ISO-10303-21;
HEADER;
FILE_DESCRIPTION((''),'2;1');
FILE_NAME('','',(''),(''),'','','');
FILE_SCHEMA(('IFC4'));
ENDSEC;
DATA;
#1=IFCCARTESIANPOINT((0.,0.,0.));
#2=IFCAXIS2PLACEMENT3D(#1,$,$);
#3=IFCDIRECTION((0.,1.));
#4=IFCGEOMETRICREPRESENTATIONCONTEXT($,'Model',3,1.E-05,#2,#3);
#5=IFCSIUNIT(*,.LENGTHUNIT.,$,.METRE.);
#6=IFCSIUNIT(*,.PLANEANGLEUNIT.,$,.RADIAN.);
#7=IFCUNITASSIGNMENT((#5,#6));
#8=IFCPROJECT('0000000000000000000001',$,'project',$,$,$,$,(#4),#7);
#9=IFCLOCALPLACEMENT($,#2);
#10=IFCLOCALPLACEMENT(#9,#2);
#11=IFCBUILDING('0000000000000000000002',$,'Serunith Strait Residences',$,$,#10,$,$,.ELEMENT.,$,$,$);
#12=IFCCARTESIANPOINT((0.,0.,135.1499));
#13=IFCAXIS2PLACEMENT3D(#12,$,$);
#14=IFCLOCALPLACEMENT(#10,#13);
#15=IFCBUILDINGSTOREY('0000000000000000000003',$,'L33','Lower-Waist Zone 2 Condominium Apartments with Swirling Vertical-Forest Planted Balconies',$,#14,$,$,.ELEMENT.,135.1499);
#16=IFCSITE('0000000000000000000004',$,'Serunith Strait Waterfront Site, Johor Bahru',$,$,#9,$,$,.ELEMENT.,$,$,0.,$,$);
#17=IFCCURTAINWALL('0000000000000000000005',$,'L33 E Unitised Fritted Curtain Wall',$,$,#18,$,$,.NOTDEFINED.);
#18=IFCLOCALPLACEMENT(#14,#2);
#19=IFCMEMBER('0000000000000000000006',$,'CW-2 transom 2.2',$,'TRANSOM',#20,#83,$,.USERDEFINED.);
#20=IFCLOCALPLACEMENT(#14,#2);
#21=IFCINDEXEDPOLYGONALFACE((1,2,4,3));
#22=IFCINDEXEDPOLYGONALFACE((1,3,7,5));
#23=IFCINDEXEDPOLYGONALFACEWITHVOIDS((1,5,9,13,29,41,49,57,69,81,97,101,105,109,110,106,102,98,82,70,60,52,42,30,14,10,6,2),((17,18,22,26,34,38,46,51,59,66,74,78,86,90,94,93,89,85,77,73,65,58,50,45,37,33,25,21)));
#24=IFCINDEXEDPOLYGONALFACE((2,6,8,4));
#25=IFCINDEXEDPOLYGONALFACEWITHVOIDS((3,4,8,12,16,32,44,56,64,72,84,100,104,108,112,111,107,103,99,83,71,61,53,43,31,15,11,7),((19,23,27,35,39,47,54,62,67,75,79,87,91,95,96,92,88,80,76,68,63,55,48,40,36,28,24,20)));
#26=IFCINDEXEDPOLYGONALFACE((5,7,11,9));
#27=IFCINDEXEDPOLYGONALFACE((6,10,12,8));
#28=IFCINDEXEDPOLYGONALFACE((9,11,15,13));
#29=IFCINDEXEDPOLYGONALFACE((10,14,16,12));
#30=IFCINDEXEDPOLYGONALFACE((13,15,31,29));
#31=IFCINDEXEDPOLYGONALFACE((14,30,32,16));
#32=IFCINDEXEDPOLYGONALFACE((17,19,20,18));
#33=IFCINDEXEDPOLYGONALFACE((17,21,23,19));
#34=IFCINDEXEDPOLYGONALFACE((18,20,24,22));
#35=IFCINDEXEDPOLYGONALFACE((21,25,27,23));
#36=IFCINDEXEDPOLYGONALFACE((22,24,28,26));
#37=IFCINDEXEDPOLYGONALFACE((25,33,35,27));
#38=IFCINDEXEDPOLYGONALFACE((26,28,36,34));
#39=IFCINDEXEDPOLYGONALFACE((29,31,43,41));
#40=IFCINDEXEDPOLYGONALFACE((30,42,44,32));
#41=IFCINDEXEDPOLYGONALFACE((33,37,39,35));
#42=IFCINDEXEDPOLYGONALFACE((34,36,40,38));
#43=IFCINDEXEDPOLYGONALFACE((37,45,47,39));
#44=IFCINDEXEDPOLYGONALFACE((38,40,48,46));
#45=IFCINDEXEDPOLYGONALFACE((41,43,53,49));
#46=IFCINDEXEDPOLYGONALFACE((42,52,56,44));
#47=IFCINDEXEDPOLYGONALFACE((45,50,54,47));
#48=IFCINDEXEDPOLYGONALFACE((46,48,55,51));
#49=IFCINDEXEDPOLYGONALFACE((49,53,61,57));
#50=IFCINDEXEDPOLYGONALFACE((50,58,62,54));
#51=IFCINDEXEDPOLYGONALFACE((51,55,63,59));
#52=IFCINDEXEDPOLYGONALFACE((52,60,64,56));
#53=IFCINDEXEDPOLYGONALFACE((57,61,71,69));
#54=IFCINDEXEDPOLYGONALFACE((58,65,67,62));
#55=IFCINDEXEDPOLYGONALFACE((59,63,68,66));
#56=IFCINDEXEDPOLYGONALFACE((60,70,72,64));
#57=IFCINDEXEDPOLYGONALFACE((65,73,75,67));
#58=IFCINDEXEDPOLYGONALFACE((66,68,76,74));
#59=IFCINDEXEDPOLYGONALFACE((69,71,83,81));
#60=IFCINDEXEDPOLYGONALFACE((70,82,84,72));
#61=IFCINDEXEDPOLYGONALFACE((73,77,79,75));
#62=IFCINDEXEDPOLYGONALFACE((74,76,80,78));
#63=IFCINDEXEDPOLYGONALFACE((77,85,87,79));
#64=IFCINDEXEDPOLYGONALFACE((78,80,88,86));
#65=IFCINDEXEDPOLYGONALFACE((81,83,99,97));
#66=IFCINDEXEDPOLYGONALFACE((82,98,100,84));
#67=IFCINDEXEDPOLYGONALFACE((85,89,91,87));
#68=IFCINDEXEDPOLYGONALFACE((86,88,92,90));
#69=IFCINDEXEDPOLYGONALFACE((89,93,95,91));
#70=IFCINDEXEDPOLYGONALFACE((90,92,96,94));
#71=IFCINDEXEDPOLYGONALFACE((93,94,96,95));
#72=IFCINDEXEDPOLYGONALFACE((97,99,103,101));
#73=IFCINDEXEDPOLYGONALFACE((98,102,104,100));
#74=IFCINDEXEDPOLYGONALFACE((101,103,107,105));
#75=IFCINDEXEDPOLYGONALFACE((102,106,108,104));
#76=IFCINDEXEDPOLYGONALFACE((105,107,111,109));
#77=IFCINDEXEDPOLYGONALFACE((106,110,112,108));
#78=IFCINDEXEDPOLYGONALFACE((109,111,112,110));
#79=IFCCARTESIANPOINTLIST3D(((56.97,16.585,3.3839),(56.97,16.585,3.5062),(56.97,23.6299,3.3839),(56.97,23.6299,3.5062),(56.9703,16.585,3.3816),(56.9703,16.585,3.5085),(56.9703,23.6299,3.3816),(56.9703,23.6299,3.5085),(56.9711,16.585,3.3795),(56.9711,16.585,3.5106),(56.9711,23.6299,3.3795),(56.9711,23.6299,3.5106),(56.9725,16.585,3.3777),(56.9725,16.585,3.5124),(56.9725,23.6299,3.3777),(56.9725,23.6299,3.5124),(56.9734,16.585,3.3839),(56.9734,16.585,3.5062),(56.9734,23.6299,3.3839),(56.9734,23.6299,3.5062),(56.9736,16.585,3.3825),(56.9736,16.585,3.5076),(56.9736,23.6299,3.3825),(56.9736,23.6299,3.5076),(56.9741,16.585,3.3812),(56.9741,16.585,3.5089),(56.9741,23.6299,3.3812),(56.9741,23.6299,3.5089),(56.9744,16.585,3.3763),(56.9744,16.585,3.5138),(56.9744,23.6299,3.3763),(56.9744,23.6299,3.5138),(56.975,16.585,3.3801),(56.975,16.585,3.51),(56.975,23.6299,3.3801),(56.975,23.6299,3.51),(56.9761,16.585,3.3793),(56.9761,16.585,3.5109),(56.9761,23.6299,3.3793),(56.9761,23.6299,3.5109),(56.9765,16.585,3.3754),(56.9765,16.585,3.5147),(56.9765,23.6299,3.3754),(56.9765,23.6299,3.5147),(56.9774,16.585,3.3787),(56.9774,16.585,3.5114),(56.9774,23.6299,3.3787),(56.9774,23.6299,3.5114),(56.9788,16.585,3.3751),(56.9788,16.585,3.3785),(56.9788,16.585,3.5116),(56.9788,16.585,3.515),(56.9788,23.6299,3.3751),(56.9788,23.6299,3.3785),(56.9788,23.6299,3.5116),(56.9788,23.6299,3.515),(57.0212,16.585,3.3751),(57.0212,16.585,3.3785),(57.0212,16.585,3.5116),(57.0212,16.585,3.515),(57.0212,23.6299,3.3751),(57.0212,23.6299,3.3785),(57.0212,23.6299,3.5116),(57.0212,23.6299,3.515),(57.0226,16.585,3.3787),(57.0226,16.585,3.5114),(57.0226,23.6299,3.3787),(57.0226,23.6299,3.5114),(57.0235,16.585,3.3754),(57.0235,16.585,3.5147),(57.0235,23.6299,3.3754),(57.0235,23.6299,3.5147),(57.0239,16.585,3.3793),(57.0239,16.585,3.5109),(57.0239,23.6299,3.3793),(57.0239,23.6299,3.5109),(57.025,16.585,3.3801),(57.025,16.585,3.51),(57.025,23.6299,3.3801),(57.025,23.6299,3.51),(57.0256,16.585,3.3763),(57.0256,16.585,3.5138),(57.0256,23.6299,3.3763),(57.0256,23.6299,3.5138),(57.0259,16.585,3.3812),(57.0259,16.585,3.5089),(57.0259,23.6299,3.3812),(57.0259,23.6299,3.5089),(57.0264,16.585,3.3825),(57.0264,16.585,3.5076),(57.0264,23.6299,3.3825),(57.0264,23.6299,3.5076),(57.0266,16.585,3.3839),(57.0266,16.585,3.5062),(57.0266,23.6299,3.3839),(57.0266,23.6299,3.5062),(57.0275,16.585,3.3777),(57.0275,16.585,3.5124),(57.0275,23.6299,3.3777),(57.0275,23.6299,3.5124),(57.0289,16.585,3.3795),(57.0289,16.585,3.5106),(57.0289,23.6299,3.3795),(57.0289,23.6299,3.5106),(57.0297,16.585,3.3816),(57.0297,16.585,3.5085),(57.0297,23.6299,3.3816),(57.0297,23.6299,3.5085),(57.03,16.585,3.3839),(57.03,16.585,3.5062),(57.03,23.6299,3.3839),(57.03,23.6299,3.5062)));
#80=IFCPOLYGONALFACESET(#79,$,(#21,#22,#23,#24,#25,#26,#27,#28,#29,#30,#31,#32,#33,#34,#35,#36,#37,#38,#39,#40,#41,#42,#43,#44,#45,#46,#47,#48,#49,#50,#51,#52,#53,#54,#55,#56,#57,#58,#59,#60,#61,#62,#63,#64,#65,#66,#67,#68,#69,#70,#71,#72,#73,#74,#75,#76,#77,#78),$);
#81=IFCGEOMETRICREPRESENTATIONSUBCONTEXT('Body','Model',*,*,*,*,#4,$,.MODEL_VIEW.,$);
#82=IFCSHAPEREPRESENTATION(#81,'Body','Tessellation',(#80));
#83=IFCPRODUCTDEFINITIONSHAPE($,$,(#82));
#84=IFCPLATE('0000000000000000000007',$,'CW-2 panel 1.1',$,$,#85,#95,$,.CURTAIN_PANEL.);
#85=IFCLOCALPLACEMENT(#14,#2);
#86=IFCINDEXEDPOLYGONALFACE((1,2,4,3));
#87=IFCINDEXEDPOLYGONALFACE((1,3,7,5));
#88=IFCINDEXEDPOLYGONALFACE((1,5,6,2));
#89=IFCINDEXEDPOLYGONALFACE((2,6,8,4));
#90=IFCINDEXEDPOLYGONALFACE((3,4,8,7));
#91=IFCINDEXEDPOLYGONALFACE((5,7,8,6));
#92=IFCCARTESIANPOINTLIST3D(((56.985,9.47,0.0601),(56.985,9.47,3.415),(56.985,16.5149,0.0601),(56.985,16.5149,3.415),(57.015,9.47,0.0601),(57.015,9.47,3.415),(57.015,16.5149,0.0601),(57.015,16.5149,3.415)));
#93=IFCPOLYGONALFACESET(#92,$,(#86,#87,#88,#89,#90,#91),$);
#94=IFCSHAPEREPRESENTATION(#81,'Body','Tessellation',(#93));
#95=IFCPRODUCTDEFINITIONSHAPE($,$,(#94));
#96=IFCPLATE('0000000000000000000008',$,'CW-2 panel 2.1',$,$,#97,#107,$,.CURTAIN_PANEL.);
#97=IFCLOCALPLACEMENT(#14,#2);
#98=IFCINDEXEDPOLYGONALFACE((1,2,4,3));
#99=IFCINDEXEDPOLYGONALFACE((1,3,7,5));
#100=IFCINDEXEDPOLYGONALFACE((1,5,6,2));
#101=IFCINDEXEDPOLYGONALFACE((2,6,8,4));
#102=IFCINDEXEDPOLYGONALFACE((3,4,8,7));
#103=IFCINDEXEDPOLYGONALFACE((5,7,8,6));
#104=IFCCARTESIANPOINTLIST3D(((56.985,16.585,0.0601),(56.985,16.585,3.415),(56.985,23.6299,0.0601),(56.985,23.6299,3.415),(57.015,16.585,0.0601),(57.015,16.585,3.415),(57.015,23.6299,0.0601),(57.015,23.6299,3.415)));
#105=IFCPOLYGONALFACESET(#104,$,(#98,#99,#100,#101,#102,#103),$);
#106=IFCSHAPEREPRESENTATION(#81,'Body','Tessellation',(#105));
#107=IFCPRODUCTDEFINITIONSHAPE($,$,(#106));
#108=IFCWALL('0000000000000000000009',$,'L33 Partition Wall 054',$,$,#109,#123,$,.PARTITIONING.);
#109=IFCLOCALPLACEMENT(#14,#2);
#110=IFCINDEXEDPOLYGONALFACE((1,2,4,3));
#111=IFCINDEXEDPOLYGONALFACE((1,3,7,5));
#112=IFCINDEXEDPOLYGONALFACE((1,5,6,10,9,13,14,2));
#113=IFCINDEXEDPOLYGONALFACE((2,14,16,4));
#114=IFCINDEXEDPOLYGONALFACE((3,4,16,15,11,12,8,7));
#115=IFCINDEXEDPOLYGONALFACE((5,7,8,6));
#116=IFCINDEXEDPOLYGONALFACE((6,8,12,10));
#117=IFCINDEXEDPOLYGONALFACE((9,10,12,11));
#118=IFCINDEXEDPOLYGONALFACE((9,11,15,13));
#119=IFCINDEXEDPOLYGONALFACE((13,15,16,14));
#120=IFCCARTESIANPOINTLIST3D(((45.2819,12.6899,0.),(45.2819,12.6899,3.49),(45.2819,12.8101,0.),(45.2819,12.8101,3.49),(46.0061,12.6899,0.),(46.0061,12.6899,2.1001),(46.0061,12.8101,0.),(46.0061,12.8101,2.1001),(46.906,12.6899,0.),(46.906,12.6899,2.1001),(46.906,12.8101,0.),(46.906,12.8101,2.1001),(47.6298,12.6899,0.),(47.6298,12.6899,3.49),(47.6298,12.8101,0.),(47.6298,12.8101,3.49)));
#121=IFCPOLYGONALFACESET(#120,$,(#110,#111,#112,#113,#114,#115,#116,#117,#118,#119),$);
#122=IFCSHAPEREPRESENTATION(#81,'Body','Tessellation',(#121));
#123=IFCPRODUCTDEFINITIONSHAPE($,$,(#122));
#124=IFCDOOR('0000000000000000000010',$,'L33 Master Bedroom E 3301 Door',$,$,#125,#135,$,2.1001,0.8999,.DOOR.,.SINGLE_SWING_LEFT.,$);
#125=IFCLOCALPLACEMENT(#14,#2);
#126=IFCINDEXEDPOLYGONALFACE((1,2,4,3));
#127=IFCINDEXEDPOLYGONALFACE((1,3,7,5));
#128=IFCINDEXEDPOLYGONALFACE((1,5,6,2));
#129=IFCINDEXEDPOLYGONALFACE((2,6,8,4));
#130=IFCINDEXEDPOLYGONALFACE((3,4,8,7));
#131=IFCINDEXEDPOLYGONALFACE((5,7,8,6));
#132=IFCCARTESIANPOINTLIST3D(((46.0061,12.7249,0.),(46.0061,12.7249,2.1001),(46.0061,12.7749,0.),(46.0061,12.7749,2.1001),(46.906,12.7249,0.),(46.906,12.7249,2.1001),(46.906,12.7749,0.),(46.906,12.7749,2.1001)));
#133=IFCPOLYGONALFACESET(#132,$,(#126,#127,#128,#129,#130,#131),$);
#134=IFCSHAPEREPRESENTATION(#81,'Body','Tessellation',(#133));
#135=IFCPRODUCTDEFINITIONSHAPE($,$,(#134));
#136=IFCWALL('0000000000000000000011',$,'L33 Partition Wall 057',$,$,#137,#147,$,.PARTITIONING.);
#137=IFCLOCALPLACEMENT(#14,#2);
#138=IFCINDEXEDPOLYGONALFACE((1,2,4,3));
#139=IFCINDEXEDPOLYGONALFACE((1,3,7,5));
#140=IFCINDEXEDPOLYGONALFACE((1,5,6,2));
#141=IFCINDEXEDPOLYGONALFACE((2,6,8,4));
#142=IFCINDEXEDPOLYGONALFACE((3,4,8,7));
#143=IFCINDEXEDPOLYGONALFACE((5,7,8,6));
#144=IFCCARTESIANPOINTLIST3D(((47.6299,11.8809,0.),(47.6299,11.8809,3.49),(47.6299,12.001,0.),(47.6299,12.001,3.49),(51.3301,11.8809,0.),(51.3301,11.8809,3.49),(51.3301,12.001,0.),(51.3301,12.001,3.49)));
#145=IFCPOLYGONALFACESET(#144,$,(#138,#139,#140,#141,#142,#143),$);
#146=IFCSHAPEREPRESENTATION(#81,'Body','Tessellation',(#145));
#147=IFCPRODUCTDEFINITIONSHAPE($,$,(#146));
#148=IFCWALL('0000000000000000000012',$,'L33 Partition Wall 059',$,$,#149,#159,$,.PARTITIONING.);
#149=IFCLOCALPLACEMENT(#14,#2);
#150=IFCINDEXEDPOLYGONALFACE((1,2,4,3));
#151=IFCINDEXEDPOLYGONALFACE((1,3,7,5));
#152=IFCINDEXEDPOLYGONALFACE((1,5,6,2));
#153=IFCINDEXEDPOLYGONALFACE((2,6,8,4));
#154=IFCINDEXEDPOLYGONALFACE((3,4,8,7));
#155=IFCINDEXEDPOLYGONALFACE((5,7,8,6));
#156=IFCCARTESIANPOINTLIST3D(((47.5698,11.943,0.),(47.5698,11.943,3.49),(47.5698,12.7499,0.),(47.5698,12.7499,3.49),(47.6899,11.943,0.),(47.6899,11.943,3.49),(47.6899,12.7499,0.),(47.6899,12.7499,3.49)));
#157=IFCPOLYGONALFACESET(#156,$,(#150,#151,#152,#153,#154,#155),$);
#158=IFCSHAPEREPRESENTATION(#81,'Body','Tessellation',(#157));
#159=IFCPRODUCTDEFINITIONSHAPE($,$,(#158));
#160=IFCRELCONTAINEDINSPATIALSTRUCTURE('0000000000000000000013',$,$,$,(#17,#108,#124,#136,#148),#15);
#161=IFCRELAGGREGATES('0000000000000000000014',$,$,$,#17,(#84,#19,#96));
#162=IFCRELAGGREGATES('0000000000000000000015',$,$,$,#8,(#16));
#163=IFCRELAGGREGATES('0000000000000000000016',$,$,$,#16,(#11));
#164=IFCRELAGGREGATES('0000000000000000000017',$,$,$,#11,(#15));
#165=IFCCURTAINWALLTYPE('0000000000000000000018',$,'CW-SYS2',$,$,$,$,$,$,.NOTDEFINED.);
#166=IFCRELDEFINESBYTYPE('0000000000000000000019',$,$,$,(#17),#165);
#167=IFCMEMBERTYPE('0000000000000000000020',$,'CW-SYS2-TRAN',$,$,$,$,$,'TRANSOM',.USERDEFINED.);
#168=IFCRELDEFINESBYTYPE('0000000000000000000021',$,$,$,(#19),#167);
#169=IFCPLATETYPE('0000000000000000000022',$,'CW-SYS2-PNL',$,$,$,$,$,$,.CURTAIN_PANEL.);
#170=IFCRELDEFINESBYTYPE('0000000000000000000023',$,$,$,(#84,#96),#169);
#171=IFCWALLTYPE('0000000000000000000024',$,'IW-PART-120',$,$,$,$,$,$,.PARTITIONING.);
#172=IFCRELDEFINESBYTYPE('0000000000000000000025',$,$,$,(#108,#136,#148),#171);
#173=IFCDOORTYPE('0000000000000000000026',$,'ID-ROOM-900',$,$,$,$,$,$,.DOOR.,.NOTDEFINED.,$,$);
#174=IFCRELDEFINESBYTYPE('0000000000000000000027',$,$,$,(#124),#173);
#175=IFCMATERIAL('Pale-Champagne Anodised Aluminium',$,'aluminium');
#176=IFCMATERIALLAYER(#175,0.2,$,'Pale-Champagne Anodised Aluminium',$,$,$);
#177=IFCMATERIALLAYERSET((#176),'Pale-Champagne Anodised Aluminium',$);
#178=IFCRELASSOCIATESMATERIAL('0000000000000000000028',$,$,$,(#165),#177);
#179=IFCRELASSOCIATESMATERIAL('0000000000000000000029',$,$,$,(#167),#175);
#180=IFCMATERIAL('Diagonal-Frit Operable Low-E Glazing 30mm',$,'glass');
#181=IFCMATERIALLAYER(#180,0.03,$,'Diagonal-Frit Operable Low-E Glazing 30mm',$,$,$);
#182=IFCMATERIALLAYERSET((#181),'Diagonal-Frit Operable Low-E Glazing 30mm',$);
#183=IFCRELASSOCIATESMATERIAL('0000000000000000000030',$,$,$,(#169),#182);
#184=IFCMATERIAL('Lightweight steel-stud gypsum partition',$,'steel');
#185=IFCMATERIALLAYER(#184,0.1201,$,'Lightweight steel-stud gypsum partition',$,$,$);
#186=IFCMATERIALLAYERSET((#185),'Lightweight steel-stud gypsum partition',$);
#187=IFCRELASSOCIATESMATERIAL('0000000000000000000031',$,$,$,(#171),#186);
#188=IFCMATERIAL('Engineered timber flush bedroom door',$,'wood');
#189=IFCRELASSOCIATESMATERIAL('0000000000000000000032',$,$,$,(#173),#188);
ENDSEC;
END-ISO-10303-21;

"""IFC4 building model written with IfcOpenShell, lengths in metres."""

from ifc_helpers import new_model, si_unit, direction, frame, frame_2d, origin, origin_2d, place, context, subcontext, project, spatial, rectangle, hollow_rectangle, extrude, source, transform, mapped, material, layer, layer_set, material_profile, profile_set, type_object, element, fill, aggregate, save


model = new_model("IFC4")

# Units and contexts
model_context = context("Model", 3, precision=1e-05, world=origin(), true_north=direction((0.0, 1.0)))
body_context = subcontext(model_context, "Body", "Model", "MODEL_VIEW")
ifc_project = project(units=[si_unit("LENGTHUNIT", "METRE"), si_unit("PLANEANGLEUNIT", "RADIAN")], contexts=[model_context])

# Site, building, storey
site_placement = place(None, origin())
site = spatial("IfcSite", under=ifc_project, at=site_placement, Name="Serunith Strait Waterfront Site, Johor Bahru", CompositionType="ELEMENT", RefElevation=0.0)
building_placement = place(site_placement, origin())
building = spatial("IfcBuilding", under=site, at=building_placement, Name="Serunith Strait Residences", CompositionType="ELEMENT")
storey_placement = place(building_placement, frame((0.0, 0.0, 135.1499)))
storey = spatial("IfcBuildingStorey", under=building, at=storey_placement, Name="L33", Description="Lower-Waist Zone 2 Condominium Apartments with Swirling Vertical-Forest Planted Balconies", CompositionType="ELEMENT", Elevation=135.1499)

# Curtain wall, member, plates
ifc_material_1 = material(Name="Pale-Champagne Anodised Aluminium", Category="aluminium")
ifc_layer_1 = layer(ifc_material_1, 0.2, Name="Pale-Champagne Anodised Aluminium")
ifc_layer_set_1 = layer_set([ifc_layer_1], Name="Pale-Champagne Anodised Aluminium")
curtain_wall_type = type_object("IfcCurtainWallType", Name="CW-SYS2", PredefinedType="NOTDEFINED", material=ifc_layer_set_1)
curtain_wall_placement = place(storey_placement, origin())
curtain_wall = element("IfcCurtainWall", 1, at=curtain_wall_placement, inside=storey, type_object=curtain_wall_type, Name="L33 E Unitised Fritted Curtain Wall", PredefinedType="NOTDEFINED")
ifc_material_profile_1 = material_profile(ifc_material_1, hollow_rectangle(XDim=0.0601, YDim=0.1399, WallThickness=0.0034, InnerFilletRadius=0.0054, OuterFilletRadius=0.0088, at=origin_2d()), Name="ALU 140x60x3.5")
ifc_profile_set_1 = profile_set([ifc_material_profile_1], Name="Pale-Champagne Anodised Aluminium")
member_type_1 = type_object("IfcMemberType", Name="CW-SYS2-TRAN", ElementType="TRANSOM", PredefinedType="USERDEFINED", material=ifc_profile_set_1)
shared_shape_1 = source(origin(), body_context, "Body", "SweptSolid", [
    extrude(hollow_rectangle(XDim=0.0601, YDim=0.1399, WallThickness=0.0034, InnerFilletRadius=0.0054, OuterFilletRadius=0.0088, at=origin_2d()), origin(), (0.0, 0.0, 1.0), 7.0449),
])
member_1_placement = place(storey_placement, frame((57.0, 16.585, 3.4451), z_axis=(0.0, 1.0, 0.0), x_axis=(-1.0, 0.0, 0.0)))
member_1 = element("IfcMember", 2, at=member_1_placement, type_object=member_type_1, Name="CW-2 transom 2.2", ObjectType="TRANSOM", PredefinedType="USERDEFINED", context=body_context, shape_type="MappedRepresentation", body=[
    mapped(shared_shape_1, transform((0.0, 0.0, 0.0), scale=1.0)),
])
ifc_material_2 = material(Name="Diagonal-Frit Operable Low-E Glazing 30mm", Category="glass")
ifc_layer_2 = layer(ifc_material_2, 0.03, Name="Diagonal-Frit Operable Low-E Glazing 30mm")
ifc_layer_set_2 = layer_set([ifc_layer_2], Name="Diagonal-Frit Operable Low-E Glazing 30mm")
plate_type = type_object("IfcPlateType", Name="CW-SYS2-PNL", PredefinedType="CURTAIN_PANEL", material=ifc_layer_set_2)
shared_shape_2 = source(origin(), body_context, "Body", "SweptSolid", [
    extrude(rectangle(XDim=7.0449, YDim=0.03, at=origin_2d()), origin(), (0.0, 0.0, 1.0), 3.355),
])
plate_1_placement = place(storey_placement, frame((57.0, 12.9924, 0.0601), z_axis=(0.0, 0.0, 1.0), x_axis=(0.0, 1.0, 0.0)))
plate_1 = element("IfcPlate", 3, at=plate_1_placement, type_object=plate_type, Name="CW-2 panel 1.1", PredefinedType="CURTAIN_PANEL", context=body_context, shape_type="MappedRepresentation", body=[
    mapped(shared_shape_2, transform((0.0, 0.0, 0.0), scale=1.0)),
])
plate_2_placement = place(storey_placement, frame((57.0, 20.1074, 0.0601), z_axis=(0.0, 0.0, 1.0), x_axis=(0.0, 1.0, 0.0)))
plate_2 = element("IfcPlate", 4, at=plate_2_placement, type_object=plate_type, Name="CW-2 panel 2.1", PredefinedType="CURTAIN_PANEL", context=body_context, shape_type="MappedRepresentation", body=[
    mapped(shared_shape_2, transform((0.0, 0.0, 0.0), scale=1.0)),
])
aggregate(curtain_wall, [plate_1, member_1, plate_2])

# Wall, opening, door
ifc_material_3 = material(Name="Lightweight steel-stud gypsum partition", Category="steel")
ifc_layer_3 = layer(ifc_material_3, 0.1201, Name="Lightweight steel-stud gypsum partition")
ifc_layer_set_3 = layer_set([ifc_layer_3], Name="Lightweight steel-stud gypsum partition")
wall_type = type_object("IfcWallType", Name="IW-PART-120", PredefinedType="PARTITIONING", material=ifc_layer_set_3)
wall_1_placement = place(storey_placement, frame((45.282, 12.75, 0.0), z_axis=(0.0, 0.0, 1.0), x_axis=(1.0, 0.0, 0.0)))
wall_1 = element("IfcWall", 5, at=wall_1_placement, inside=storey, type_object=wall_type, Name="L33 Partition Wall 054", PredefinedType="PARTITIONING", context=body_context, shape_type="SweptSolid", body=[
    extrude(rectangle(XDim=2.3479, YDim=0.1201, at=frame_2d((1.1738, 0.0))), origin(), (0.0, 0.0, 1.0), 3.49),
])
opening_1_placement = place(wall_1_placement, frame((0.7241, 0.0, 0.0)))
opening_1 = element("IfcOpeningElement", 6, at=opening_1_placement, cuts=wall_1, PredefinedType="OPENING", context=body_context, shape_type="SweptSolid", body=[
    extrude(rectangle(XDim=0.8999, YDim=2.1001, at=frame_2d((0.45, 1.05))), frame((0.0, 0.0701, 0.0), z_axis=(0.0, -1.0, 0.0), x_axis=(1.0, 0.0, 0.0)), (0.0, 0.0, 1.0), 0.1401),
])
ifc_material_4 = material(Name="Engineered timber flush bedroom door", Category="wood")
door_type_1 = type_object("IfcDoorType", Name="ID-ROOM-900", OperationType="NOTDEFINED", PredefinedType="DOOR", material=ifc_material_4)
shared_shape_3 = source(origin(), body_context, "Body", "SweptSolid", [
    extrude(rectangle(XDim=0.8999, YDim=2.1001, at=frame_2d((0.45, 1.05))), frame((0.0, 0.0249, 0.0), z_axis=(0.0, -1.0, 0.0), x_axis=(1.0, 0.0, 0.0)), (0.0, 0.0, 1.0), 0.05),
])
door_1_placement = place(opening_1_placement, origin())
door_1 = element("IfcDoor", 7, at=door_1_placement, inside=storey, type_object=door_type_1, Name="L33 Master Bedroom E 3301 Door", OperationType="SINGLE_SWING_LEFT", OverallHeight=2.1001, OverallWidth=0.8999, PredefinedType="DOOR", context=body_context, shape_type="MappedRepresentation", body=[
    mapped(shared_shape_3, transform((0.0, 0.0, 0.0), scale=1.0)),
])
fill(opening_1, door_1)

# Walls
wall_2_placement = place(storey_placement, frame((47.6299, 11.9409, 0.0), z_axis=(0.0, 0.0, 1.0), x_axis=(1.0, 0.0, 0.0)))
element("IfcWall", 8, at=wall_2_placement, inside=storey, type_object=wall_type, Name="L33 Partition Wall 057", PredefinedType="PARTITIONING", context=body_context, shape_type="SweptSolid", body=[
    extrude(rectangle(XDim=3.7002, YDim=0.1201, at=frame_2d((1.8501, 0.0))), origin(), (0.0, 0.0, 1.0), 3.49),
])
wall_3_placement = place(storey_placement, frame((47.6299, 11.9431, 0.0), z_axis=(0.0, 0.0, 1.0), x_axis=(0.0, 1.0, 0.0)))
element("IfcWall", 9, at=wall_3_placement, inside=storey, type_object=wall_type, Name="L33 Partition Wall 059", PredefinedType="PARTITIONING", context=body_context, shape_type="SweptSolid", body=[
    extrude(rectangle(XDim=0.8069, YDim=0.1201, at=frame_2d((0.4033, 0.0))), origin(), (0.0, 0.0, 1.0), 3.49),
])

save(model, "model.ifc")
